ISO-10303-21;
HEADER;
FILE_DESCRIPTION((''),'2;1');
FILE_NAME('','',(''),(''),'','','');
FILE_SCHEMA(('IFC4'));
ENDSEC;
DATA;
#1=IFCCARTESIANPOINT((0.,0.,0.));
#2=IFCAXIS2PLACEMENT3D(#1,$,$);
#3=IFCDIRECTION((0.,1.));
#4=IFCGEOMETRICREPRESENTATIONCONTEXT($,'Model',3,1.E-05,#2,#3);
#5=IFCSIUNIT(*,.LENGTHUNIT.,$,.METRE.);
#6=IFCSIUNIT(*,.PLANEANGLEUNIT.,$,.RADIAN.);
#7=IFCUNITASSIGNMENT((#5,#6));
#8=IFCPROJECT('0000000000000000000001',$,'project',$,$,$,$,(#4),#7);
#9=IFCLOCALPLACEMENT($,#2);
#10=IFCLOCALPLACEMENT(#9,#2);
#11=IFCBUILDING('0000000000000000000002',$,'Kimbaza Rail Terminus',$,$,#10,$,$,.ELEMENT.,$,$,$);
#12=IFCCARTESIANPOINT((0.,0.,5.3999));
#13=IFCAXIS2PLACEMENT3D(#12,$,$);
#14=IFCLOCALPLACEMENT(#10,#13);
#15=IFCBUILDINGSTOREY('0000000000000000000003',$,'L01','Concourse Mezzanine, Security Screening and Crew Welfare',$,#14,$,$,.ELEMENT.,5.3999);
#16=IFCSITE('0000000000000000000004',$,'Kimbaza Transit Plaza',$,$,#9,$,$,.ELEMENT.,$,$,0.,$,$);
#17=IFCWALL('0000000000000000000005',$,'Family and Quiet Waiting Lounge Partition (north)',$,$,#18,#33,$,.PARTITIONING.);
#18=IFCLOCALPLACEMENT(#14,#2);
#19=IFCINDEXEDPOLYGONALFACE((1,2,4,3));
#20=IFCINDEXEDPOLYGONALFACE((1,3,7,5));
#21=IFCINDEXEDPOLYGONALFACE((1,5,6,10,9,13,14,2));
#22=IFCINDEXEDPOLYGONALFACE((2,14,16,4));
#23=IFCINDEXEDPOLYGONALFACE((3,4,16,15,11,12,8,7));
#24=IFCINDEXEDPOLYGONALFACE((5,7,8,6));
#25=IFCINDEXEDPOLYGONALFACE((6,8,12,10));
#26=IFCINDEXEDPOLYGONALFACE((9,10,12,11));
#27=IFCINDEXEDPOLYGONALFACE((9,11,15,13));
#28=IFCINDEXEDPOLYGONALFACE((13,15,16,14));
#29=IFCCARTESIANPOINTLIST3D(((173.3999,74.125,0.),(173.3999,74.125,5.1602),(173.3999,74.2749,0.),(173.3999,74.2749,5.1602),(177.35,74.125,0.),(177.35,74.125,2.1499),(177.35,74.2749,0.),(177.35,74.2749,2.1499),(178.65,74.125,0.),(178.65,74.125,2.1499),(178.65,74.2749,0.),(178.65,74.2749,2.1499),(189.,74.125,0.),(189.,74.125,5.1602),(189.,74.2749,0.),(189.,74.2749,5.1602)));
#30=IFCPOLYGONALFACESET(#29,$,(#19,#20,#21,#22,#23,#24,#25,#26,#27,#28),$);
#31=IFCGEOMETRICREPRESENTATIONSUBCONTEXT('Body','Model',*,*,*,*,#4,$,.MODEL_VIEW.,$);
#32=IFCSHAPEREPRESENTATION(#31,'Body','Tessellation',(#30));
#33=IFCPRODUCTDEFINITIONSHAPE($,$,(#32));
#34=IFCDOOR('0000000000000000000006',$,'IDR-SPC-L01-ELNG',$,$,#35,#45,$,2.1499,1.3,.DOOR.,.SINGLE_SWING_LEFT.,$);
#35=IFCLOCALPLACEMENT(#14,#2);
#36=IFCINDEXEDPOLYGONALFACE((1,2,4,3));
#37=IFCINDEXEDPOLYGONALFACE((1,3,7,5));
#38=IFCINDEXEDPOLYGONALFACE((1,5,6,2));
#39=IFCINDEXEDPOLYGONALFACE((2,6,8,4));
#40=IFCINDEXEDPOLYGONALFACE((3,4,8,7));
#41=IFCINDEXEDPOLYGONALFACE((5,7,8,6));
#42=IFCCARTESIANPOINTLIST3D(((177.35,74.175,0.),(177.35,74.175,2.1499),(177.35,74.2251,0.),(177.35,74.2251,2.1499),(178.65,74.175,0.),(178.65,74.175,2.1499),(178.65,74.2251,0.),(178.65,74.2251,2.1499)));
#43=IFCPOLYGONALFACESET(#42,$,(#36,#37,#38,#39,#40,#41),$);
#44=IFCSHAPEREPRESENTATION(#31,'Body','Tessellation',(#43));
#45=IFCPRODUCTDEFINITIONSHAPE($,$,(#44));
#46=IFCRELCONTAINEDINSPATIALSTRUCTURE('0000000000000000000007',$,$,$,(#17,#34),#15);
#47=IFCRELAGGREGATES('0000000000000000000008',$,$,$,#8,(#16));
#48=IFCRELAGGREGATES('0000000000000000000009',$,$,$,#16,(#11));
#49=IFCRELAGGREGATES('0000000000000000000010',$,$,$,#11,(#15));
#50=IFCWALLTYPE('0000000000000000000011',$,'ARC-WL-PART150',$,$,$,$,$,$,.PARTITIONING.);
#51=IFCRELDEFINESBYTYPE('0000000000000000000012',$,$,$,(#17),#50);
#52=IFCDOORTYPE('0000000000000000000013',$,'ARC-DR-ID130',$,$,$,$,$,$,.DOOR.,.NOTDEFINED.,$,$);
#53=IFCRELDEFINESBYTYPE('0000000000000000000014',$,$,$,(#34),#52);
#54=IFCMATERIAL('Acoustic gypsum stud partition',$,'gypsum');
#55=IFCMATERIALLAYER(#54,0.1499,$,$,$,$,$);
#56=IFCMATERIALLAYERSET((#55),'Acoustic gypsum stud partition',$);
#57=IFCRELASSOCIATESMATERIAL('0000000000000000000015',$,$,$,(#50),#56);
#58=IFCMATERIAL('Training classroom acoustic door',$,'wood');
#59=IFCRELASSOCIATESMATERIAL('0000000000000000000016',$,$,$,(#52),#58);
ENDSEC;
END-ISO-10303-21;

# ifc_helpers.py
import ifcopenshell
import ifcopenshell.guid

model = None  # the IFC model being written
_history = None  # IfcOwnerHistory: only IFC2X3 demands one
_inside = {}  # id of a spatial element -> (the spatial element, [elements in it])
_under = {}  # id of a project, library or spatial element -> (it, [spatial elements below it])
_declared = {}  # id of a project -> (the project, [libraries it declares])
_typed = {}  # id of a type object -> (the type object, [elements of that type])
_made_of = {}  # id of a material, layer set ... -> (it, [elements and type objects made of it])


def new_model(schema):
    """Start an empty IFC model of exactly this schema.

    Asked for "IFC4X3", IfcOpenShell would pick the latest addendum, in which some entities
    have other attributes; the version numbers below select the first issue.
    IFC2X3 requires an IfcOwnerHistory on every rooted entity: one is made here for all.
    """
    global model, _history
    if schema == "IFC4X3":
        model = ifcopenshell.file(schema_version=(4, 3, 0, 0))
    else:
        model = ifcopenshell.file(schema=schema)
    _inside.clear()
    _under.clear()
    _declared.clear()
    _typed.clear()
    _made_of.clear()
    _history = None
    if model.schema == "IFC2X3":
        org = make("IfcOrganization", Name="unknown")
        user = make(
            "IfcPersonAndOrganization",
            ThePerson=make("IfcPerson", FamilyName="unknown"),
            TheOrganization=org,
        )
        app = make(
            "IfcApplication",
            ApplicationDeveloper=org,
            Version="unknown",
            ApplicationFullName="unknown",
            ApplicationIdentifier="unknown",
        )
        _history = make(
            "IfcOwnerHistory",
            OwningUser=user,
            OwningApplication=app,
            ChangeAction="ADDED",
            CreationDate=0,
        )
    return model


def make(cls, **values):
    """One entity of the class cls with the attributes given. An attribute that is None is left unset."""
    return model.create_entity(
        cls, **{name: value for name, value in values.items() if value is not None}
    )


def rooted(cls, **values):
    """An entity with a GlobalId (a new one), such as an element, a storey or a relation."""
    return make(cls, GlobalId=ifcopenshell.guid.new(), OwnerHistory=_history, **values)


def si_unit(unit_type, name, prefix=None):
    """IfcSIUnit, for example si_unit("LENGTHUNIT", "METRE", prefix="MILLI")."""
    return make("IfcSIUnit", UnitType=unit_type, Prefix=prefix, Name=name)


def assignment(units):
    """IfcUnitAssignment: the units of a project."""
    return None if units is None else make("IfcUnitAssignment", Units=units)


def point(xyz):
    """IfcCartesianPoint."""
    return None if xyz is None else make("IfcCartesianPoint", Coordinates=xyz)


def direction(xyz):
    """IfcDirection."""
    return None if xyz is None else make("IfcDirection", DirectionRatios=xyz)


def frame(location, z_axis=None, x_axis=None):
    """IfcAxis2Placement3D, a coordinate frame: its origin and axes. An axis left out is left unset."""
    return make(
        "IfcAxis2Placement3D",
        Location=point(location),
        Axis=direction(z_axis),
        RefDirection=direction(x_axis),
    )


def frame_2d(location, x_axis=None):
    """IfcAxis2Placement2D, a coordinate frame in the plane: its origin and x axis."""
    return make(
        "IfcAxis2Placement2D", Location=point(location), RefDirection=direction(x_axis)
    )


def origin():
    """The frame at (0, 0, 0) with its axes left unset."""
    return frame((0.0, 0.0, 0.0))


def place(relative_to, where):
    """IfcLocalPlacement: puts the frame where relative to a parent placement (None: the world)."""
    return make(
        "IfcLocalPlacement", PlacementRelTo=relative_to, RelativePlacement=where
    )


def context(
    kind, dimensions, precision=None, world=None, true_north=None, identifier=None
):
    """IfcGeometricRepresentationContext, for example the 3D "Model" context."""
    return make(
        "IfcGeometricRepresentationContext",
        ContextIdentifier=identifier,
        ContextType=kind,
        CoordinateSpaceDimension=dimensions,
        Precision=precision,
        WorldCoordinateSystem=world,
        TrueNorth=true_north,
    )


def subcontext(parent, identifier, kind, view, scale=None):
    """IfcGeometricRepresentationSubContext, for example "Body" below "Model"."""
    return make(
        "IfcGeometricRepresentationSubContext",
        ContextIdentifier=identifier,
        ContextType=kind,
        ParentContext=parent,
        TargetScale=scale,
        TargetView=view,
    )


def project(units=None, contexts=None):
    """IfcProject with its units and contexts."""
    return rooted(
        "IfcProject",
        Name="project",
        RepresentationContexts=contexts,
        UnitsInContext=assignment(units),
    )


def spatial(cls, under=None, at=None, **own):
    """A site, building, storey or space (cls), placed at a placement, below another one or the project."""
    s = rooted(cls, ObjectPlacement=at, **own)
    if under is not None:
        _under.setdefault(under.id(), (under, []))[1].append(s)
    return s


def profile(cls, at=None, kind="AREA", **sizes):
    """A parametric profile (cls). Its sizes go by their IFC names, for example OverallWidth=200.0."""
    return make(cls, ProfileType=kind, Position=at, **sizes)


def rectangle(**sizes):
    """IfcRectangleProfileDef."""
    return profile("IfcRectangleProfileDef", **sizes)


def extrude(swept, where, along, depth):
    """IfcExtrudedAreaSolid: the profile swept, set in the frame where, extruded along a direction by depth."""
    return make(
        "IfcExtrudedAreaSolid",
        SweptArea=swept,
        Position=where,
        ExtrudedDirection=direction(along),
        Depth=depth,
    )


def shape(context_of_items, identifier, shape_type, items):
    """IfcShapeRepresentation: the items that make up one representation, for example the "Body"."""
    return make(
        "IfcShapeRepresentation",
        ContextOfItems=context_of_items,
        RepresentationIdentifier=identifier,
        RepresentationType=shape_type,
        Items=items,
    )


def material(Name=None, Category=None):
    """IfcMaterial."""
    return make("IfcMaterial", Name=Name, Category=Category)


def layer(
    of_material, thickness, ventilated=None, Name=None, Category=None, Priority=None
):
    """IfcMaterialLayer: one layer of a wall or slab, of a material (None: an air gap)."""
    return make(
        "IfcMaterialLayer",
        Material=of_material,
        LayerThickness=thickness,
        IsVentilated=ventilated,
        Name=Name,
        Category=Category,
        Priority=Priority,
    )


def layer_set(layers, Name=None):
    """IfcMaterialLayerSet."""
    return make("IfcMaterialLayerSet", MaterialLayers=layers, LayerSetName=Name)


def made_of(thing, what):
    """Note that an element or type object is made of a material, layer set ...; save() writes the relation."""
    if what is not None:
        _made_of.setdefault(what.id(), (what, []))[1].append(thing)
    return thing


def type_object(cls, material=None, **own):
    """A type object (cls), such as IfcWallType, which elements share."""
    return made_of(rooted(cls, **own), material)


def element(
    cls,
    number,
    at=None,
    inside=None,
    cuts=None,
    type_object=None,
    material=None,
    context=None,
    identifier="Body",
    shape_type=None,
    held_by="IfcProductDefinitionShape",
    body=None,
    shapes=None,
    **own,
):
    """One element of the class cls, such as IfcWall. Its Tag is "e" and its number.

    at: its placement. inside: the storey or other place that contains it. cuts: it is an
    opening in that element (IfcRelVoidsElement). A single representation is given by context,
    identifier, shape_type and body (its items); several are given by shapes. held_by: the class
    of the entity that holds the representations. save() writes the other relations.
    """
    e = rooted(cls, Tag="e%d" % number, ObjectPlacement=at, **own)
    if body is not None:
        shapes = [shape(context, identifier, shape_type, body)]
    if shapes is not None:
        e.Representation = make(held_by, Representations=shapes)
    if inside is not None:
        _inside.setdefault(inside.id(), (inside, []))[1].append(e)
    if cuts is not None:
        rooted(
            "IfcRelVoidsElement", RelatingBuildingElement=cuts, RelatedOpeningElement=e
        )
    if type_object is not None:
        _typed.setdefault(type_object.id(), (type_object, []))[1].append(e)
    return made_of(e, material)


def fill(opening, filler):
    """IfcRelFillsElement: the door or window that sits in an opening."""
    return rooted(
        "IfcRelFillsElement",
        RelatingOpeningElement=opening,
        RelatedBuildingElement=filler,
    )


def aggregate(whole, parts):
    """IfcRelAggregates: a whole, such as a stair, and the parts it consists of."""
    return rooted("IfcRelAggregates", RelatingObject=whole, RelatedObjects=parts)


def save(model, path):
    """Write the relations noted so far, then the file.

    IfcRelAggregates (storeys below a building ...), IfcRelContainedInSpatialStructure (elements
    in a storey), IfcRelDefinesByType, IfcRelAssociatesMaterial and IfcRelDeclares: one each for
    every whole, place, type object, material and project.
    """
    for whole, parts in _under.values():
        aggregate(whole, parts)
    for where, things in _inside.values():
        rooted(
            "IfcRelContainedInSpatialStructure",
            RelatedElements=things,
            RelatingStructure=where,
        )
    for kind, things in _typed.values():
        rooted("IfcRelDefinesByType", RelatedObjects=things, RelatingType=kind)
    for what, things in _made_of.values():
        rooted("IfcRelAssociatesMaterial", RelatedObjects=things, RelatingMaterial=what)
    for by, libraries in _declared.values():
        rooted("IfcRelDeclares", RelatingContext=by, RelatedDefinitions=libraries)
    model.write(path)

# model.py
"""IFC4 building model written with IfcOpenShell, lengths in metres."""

from ifc_helpers import new_model, si_unit, direction, frame, frame_2d, origin, place, context, subcontext, project, spatial, rectangle, extrude, material, layer, layer_set, type_object, element, fill, save


model = new_model("IFC4")

# Units and contexts
model_context = context("Model", 3, precision=1e-05, world=origin(), true_north=direction((0.0, 1.0)))
body_context = subcontext(model_context, "Body", "Model", "MODEL_VIEW")
ifc_project = project(units=[si_unit("LENGTHUNIT", "METRE"), si_unit("PLANEANGLEUNIT", "RADIAN")], contexts=[model_context])

# Site, building, storey
site_placement = place(None, origin())
site = spatial("IfcSite", under=ifc_project, at=site_placement, Name="Kimbaza Transit Plaza", CompositionType="ELEMENT", RefElevation=0.0)
building_placement = place(site_placement, origin())
building = spatial("IfcBuilding", under=site, at=building_placement, Name="Kimbaza Rail Terminus", CompositionType="ELEMENT")
storey_placement = place(building_placement, frame((0.0, 0.0, 5.3999)))
storey = spatial("IfcBuildingStorey", under=building, at=storey_placement, Name="L01", Description="Concourse Mezzanine, Security Screening and Crew Welfare", CompositionType="ELEMENT", Elevation=5.3999)

# Wall, opening, door
ifc_material_1 = material(Name="Acoustic gypsum stud partition", Category="gypsum")
ifc_layer_1 = layer(ifc_material_1, 0.1499)
ifc_layer_set_1 = layer_set([ifc_layer_1], Name="Acoustic gypsum stud partition")
wall_type_1 = type_object("IfcWallType", Name="ARC-WL-PART150", PredefinedType="PARTITIONING", material=ifc_layer_set_1)
wall_1_placement = place(storey_placement, frame((189.0, 74.2, 0.0), z_axis=(0.0, 0.0, 1.0), x_axis=(-1.0, 0.0, 0.0)))
wall_1 = element("IfcWall", 1, at=wall_1_placement, inside=storey, type_object=wall_type_1, Name="Family and Quiet Waiting Lounge Partition (north)", PredefinedType="PARTITIONING", context=body_context, shape_type="SweptSolid", body=[
    extrude(rectangle(XDim=15.6001, YDim=0.1499, at=frame_2d((7.8, 0.0))), origin(), (0.0, 0.0, 1.0), 5.1602),
])
opening_placement = place(wall_1_placement, frame((10.3501, 0.0, 0.0)))
opening = element("IfcOpeningElement", 2, at=opening_placement, cuts=wall_1, PredefinedType="OPENING", context=body_context, shape_type="SweptSolid", body=[
    extrude(rectangle(XDim=1.3, YDim=2.1499, at=frame_2d((0.6499, 1.075))), frame((0.0, 0.085, 0.0), z_axis=(0.0, -1.0, 0.0), x_axis=(1.0, 0.0, 0.0)), (0.0, 0.0, 1.0), 0.1699),
])
ifc_material_2 = material(Name="Training classroom acoustic door", Category="wood")
door_type = type_object("IfcDoorType", Name="ARC-DR-ID130", OperationType="NOTDEFINED", PredefinedType="DOOR", material=ifc_material_2)
door_placement = place(opening_placement, origin())
door = element("IfcDoor", 3, at=door_placement, inside=storey, type_object=door_type, Name="IDR-SPC-L01-ELNG", OperationType="SINGLE_SWING_LEFT", OverallHeight=2.1499, OverallWidth=1.3, PredefinedType="DOOR", context=body_context, shape_type="SweptSolid", body=[
    extrude(rectangle(XDim=1.3, YDim=2.1499, at=frame_2d((0.6499, 1.075))), frame((0.0, 0.0249, 0.0), z_axis=(0.0, -1.0, 0.0), x_axis=(1.0, 0.0, 0.0)), (0.0, 0.0, 1.0), 0.05),
])
fill(opening, door)

save(model, "model.ifc")
